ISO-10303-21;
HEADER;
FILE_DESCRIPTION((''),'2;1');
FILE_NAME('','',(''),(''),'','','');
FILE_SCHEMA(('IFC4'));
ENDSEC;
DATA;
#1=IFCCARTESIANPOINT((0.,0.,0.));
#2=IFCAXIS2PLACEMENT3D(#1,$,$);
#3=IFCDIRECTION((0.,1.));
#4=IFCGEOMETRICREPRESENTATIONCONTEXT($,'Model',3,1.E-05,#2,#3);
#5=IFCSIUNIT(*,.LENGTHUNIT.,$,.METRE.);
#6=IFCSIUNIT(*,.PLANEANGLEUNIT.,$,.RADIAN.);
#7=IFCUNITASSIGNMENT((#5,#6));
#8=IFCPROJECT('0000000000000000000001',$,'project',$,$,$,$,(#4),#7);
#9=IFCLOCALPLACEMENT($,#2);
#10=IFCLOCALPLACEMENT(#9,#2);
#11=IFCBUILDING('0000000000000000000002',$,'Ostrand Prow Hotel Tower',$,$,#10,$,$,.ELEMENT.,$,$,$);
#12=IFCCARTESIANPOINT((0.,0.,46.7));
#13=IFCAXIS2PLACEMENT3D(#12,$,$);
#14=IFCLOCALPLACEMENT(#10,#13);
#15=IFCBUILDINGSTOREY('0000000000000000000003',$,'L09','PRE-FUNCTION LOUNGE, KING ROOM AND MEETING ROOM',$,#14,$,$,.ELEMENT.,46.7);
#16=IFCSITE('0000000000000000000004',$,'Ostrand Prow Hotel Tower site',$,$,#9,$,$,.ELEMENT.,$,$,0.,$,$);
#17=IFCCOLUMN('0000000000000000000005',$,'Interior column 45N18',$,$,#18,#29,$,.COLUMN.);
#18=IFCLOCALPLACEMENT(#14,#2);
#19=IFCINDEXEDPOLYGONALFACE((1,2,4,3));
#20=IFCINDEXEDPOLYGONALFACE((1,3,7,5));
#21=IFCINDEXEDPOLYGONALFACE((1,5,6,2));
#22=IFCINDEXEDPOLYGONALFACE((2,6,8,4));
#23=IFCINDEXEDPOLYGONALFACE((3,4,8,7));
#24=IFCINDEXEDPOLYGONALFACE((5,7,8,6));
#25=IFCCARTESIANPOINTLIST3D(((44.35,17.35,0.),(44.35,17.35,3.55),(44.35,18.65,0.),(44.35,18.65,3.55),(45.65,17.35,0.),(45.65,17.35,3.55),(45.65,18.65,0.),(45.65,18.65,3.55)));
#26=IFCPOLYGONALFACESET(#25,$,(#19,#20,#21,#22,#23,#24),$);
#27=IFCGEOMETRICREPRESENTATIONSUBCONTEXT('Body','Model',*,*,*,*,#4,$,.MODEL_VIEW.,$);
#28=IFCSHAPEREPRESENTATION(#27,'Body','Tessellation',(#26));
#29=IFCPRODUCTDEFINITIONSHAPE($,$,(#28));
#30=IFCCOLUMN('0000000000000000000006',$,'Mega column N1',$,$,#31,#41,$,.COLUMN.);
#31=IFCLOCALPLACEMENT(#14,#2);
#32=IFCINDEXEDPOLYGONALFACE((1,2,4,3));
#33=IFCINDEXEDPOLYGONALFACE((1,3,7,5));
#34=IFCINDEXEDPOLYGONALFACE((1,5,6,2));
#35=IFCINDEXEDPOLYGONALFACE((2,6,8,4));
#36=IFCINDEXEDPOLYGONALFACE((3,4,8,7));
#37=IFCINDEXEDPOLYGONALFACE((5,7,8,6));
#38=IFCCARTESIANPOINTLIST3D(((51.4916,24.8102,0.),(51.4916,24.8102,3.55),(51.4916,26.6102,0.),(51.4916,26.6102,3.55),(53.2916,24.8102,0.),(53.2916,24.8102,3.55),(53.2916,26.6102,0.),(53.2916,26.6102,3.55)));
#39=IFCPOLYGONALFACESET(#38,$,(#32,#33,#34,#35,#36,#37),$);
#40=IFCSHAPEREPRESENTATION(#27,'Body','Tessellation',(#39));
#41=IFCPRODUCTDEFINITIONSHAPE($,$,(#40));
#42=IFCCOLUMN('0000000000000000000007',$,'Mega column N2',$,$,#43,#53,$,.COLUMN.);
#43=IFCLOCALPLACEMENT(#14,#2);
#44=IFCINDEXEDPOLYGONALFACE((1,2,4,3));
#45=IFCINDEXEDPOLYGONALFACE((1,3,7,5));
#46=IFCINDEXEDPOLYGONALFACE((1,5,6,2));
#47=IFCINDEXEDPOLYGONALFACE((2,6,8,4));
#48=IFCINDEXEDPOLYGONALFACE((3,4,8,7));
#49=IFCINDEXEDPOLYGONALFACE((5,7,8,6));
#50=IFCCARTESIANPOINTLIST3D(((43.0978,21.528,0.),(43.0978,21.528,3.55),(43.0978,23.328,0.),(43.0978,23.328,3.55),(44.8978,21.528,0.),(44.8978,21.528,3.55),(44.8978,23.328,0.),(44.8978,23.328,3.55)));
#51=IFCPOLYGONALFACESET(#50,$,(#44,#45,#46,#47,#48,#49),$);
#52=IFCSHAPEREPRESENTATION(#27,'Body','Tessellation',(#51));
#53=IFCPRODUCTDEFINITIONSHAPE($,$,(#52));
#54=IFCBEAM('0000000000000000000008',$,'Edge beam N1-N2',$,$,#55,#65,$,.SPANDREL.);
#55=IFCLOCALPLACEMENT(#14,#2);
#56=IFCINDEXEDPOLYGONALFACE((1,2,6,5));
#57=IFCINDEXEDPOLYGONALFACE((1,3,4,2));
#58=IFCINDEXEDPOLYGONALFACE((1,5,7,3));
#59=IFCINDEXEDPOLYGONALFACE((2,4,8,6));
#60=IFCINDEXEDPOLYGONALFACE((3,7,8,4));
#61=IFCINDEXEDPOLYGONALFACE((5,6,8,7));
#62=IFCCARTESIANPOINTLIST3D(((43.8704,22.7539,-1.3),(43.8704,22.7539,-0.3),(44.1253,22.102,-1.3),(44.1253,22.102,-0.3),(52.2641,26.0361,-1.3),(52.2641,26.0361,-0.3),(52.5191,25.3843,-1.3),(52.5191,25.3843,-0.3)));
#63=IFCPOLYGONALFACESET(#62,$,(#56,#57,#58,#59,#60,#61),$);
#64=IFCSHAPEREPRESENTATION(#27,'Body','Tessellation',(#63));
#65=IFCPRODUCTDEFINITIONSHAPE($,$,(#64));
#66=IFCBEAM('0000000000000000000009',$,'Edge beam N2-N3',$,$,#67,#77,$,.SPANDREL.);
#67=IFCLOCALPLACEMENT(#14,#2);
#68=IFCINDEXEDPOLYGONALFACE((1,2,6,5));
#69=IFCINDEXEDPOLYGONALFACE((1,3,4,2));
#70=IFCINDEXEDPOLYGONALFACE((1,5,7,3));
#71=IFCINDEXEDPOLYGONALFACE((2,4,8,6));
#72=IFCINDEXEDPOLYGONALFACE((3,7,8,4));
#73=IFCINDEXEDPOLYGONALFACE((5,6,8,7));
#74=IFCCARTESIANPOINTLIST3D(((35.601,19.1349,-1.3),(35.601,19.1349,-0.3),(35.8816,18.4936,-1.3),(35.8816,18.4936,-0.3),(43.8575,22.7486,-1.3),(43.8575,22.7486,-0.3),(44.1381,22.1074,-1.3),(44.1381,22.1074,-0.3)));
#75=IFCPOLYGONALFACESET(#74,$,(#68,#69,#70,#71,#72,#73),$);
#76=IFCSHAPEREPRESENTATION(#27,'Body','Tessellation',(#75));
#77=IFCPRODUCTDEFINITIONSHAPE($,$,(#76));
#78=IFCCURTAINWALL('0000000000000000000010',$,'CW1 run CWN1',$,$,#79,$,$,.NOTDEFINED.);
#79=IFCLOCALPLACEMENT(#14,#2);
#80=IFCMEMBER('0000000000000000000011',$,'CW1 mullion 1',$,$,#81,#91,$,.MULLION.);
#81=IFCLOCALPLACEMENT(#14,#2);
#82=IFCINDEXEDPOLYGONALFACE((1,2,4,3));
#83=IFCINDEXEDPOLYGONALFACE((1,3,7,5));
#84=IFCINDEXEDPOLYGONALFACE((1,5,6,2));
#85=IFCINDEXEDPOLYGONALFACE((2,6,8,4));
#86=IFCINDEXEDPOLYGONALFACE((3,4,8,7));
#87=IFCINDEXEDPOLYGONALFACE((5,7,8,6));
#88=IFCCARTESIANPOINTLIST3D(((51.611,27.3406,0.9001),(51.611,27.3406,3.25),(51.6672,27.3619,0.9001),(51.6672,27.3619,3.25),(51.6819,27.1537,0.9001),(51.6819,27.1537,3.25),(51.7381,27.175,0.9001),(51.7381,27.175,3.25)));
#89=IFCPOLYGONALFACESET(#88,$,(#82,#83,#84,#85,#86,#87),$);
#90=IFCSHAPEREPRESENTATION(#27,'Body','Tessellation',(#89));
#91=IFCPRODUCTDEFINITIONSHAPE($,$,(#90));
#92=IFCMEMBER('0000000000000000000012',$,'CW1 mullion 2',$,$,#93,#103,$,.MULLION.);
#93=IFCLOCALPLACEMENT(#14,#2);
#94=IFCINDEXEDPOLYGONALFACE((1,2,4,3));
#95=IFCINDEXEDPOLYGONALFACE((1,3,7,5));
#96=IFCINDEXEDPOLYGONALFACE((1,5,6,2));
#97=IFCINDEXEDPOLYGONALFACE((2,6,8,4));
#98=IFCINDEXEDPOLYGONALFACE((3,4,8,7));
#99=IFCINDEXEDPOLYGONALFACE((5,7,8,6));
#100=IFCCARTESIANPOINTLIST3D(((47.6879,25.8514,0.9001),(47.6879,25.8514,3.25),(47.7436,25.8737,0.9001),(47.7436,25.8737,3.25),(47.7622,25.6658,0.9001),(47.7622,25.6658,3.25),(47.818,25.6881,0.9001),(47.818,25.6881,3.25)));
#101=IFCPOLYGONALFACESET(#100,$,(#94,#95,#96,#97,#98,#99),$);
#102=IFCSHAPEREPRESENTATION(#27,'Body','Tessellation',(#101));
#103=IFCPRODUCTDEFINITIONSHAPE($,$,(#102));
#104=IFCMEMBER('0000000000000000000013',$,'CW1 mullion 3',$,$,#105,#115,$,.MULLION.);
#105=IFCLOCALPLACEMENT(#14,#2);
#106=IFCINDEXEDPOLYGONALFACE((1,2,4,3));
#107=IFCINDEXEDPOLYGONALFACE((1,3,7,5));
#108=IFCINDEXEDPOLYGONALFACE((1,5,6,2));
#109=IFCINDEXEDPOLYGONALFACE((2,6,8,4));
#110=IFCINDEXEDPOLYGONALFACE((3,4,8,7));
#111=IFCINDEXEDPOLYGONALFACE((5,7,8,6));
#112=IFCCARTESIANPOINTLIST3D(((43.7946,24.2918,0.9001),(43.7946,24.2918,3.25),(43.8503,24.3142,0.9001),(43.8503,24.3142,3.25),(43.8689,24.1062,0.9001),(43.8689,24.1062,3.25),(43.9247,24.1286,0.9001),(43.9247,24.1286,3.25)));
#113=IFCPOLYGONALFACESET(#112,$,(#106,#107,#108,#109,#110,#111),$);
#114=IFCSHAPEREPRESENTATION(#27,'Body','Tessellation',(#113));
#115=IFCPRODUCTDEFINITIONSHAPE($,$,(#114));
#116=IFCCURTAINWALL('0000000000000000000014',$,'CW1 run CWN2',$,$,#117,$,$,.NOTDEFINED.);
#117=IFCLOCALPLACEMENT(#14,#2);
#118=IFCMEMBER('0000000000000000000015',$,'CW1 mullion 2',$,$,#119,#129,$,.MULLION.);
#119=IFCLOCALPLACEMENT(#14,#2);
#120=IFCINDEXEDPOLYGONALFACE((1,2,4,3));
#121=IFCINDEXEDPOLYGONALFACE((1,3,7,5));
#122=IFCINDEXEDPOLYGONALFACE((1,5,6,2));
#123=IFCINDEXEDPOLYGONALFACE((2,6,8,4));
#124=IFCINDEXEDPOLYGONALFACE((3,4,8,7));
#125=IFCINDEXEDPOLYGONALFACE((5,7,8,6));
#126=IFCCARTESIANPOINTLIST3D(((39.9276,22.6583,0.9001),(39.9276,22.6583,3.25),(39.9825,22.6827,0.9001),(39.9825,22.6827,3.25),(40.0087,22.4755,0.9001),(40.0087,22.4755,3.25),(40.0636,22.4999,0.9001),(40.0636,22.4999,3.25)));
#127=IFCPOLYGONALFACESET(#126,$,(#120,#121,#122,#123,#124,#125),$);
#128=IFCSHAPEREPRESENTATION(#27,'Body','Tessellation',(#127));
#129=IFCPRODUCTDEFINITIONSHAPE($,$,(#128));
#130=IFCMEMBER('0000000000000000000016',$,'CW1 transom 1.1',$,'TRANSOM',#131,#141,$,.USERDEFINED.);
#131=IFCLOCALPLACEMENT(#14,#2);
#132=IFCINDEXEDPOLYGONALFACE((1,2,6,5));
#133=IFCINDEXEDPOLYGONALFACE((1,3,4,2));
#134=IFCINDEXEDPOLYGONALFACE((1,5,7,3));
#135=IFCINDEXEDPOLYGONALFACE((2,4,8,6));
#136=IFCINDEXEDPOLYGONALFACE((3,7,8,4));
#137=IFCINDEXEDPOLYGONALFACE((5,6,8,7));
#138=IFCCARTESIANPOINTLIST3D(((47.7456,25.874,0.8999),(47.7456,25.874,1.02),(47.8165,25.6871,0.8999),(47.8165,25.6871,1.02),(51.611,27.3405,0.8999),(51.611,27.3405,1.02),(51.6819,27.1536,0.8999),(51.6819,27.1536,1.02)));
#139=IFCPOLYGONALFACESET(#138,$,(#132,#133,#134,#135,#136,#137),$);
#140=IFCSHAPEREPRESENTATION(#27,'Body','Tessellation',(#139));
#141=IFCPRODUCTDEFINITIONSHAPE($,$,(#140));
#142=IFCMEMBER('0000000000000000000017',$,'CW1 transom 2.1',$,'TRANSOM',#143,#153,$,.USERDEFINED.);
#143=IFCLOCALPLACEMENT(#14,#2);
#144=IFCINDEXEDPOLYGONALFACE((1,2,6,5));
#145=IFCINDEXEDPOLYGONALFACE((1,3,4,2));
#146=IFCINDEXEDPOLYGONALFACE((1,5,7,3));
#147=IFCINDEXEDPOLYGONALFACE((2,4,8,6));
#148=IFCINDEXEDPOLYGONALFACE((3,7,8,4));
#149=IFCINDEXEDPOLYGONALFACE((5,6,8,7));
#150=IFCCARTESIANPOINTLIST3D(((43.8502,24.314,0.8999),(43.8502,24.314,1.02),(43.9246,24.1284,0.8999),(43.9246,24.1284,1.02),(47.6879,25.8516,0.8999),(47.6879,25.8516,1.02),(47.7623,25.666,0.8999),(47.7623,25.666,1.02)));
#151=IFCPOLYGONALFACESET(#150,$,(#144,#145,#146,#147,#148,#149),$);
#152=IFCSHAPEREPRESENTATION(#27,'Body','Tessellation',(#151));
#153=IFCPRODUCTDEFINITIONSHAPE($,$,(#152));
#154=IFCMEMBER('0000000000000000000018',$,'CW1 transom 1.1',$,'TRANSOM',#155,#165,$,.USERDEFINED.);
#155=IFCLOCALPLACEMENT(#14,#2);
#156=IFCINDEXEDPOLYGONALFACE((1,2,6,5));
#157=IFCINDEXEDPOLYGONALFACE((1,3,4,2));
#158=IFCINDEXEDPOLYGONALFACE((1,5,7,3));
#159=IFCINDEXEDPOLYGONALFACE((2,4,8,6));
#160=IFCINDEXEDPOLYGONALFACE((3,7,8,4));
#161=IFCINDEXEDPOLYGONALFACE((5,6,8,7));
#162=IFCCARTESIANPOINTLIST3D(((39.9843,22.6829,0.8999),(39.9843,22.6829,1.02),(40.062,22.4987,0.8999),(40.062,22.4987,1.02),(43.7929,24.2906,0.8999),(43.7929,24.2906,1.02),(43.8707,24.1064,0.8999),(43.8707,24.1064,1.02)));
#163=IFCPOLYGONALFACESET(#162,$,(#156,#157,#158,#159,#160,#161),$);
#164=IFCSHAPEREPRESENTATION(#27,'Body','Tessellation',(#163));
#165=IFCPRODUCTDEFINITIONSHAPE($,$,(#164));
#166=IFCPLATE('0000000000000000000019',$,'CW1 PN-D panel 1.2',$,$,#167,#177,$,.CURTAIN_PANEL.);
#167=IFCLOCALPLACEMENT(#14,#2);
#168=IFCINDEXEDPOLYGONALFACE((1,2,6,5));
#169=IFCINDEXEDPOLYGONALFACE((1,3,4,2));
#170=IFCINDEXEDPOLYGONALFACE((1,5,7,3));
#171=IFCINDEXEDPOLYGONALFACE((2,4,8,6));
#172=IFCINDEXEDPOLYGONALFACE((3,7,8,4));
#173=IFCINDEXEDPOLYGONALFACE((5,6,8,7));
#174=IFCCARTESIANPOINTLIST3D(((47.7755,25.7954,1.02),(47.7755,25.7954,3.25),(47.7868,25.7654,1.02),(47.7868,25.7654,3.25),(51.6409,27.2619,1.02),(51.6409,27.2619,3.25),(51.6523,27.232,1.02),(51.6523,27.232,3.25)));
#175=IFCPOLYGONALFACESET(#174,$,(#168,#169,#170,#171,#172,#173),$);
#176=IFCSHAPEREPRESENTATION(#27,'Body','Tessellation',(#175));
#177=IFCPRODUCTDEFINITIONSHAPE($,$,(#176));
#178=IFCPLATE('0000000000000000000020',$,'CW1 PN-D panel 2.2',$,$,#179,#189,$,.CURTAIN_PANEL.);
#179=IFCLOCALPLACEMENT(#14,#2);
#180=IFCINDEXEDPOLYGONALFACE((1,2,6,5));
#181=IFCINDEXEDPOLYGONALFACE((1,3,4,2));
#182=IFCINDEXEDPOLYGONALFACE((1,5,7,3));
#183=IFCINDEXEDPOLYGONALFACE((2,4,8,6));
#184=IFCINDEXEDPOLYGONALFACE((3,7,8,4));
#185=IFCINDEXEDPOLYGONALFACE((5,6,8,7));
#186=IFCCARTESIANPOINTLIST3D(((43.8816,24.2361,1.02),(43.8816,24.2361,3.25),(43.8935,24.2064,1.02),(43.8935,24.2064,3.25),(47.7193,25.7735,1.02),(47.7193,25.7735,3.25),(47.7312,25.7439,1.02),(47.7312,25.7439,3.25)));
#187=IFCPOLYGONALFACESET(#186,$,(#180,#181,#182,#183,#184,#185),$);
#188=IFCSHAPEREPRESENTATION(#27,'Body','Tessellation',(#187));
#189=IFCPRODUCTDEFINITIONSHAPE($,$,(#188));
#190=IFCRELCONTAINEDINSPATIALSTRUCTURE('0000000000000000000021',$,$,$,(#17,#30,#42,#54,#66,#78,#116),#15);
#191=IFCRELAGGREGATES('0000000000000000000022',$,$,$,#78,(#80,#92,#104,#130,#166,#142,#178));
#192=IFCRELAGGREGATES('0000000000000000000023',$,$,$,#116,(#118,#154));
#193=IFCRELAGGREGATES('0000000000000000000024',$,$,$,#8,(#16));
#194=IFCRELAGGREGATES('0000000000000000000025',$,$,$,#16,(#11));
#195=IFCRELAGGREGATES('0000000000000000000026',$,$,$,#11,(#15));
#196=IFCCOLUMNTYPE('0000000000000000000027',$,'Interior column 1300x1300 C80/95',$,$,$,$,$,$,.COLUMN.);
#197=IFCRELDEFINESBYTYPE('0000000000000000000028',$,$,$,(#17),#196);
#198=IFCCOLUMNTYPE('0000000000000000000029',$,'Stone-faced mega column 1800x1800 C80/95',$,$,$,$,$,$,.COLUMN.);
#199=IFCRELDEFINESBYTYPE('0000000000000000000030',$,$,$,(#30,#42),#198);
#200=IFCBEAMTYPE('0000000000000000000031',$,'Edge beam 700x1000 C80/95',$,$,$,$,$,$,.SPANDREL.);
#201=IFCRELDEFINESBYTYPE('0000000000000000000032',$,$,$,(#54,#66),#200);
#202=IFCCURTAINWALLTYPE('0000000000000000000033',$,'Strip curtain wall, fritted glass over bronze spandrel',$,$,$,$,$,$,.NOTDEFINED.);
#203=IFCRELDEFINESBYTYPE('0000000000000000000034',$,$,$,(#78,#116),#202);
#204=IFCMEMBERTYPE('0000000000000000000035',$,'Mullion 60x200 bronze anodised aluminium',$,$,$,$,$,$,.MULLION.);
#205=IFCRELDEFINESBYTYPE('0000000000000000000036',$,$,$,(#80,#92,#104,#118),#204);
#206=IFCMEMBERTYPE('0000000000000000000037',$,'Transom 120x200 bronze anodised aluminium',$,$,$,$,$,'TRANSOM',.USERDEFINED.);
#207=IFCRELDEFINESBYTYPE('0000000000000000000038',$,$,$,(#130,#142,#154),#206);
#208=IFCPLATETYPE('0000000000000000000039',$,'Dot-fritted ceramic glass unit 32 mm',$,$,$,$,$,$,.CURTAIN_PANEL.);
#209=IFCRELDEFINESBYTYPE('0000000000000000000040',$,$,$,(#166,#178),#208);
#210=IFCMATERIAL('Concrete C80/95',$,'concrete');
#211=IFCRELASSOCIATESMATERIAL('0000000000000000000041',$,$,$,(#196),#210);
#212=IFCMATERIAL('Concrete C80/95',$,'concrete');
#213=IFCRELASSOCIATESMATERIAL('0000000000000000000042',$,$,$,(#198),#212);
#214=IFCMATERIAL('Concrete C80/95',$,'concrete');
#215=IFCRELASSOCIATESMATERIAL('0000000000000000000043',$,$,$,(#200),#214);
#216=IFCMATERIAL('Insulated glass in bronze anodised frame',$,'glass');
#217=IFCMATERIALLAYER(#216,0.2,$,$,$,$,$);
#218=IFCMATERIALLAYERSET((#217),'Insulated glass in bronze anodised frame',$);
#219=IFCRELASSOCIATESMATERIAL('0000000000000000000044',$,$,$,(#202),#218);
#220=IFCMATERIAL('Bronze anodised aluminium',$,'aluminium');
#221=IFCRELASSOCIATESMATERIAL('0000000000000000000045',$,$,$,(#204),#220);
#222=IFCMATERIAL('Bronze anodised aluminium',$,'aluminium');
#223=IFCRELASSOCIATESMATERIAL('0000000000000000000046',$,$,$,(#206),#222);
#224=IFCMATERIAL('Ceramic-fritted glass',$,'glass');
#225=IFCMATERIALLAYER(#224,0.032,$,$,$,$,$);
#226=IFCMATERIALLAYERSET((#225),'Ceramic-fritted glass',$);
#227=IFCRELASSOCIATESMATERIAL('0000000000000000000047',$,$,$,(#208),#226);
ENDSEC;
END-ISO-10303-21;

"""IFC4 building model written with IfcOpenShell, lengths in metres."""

from ifc_helpers import new_model, si_unit, direction, frame, origin, origin_2d, place, context, subcontext, project, spatial, rectangle, extrude, material, layer, layer_set, material_profile, profile_set, type_object, element, aggregate, save


model = new_model("IFC4")

# Units and contexts
model_context = context("Model", 3, precision=1e-05, world=origin(), true_north=direction((0.0, 1.0)))
body_context = subcontext(model_context, "Body", "Model", "MODEL_VIEW")
ifc_project = project(units=[si_unit("LENGTHUNIT", "METRE"), si_unit("PLANEANGLEUNIT", "RADIAN")], contexts=[model_context])

# Site, building, storey
site_placement = place(None, origin())
site = spatial("IfcSite", under=ifc_project, at=site_placement, Name="Ostrand Prow Hotel Tower site", CompositionType="ELEMENT", RefElevation=0.0)
building_placement = place(site_placement, origin())
building = spatial("IfcBuilding", under=site, at=building_placement, Name="Ostrand Prow Hotel Tower", CompositionType="ELEMENT")
storey_placement = place(building_placement, frame((0.0, 0.0, 46.7)))
storey = spatial("IfcBuildingStorey", under=building, at=storey_placement, Name="L09", Description="PRE-FUNCTION LOUNGE, KING ROOM AND MEETING ROOM", CompositionType="ELEMENT", Elevation=46.7)

# Columns
ifc_material_1 = material(Name="Concrete C80/95", Category="concrete")
ifc_material_profile_1 = material_profile(ifc_material_1, rectangle(XDim=1.3, YDim=1.3, at=origin_2d()), Name="RC 1300x1300")
ifc_profile_set_1 = profile_set([ifc_material_profile_1], Name="Concrete C80/95")
column_type_1 = type_object("IfcColumnType", Name="Interior column 1300x1300 C80/95", PredefinedType="COLUMN", material=ifc_profile_set_1)
column_placement = place(storey_placement, frame((45.0, 18.0, 0.0), z_axis=(0.0, 0.0, 1.0), x_axis=(1.0, 0.0, 0.0)))
element("IfcColumn", 1, at=column_placement, inside=storey, type_object=column_type_1, Name="Interior column 45N18", PredefinedType="COLUMN", context=body_context, shape_type="SweptSolid", body=[
    extrude(rectangle(XDim=1.3, YDim=1.3, at=origin_2d()), origin(), (0.0, 0.0, 1.0), 3.55),
])
ifc_material_2 = material(Name="Concrete C80/95", Category="concrete")
ifc_material_profile_2 = material_profile(ifc_material_2, rectangle(XDim=1.8, YDim=1.8, at=origin_2d()), Name="RC 1800x1800")
ifc_profile_set_2 = profile_set([ifc_material_profile_2], Name="Concrete C80/95")
column_type_2 = type_object("IfcColumnType", Name="Stone-faced mega column 1800x1800 C80/95", PredefinedType="COLUMN", material=ifc_profile_set_2)
for number, where, z_axis, x_axis, name in (
    (2, (52.3916, 25.7102, 0.0), (0.0, 0.0, 1.0), (1.0, 0.0, 0.0), "Mega column N1"),
    (3, (43.9978, 22.428, 0.0), (0.0, 0.0, 1.0), (1.0, 0.0, 0.0), "Mega column N2"),
):
    element("IfcColumn", number, at=place(storey_placement, frame(where, z_axis=z_axis, x_axis=x_axis)), inside=storey, type_object=column_type_2, Name=name, PredefinedType="COLUMN", context=body_context, shape_type="SweptSolid", body=[
        extrude(rectangle(XDim=1.8, YDim=1.8, at=origin_2d()), origin(), (0.0, 0.0, 1.0), 3.55),
    ])

# Beams
ifc_material_3 = material(Name="Concrete C80/95", Category="concrete")
ifc_material_profile_3 = material_profile(ifc_material_3, rectangle(XDim=0.7, YDim=1.0, at=origin_2d()), Name="RC 700x1000")
ifc_profile_set_3 = profile_set([ifc_material_profile_3], Name="Concrete C80/95")
beam_type = type_object("IfcBeamType", Name="Edge beam 700x1000 C80/95", PredefinedType="SPANDREL", material=ifc_profile_set_3)
for number, where, z_axis, x_axis, name in (
    (4, (52.3916, 25.7102, -0.8), (-0.931329, -0.364178, 0.0), (0.364178, -0.931329, 0.0), "Edge beam N1-N2"),
    (5, (43.9978, 22.428, -0.8), (-0.916096, -0.40096, 0.0), (0.40096, -0.916096, 0.0), "Edge beam N2-N3"),
):
    element("IfcBeam", number, at=place(storey_placement, frame(where, z_axis=z_axis, x_axis=x_axis)), inside=storey, type_object=beam_type, Name=name, PredefinedType="SPANDREL", context=body_context, shape_type="SweptSolid", body=[
        extrude(rectangle(XDim=0.7, YDim=1.0, at=origin_2d()), origin(), (0.0, 0.0, 1.0), 9.0127),
    ])

# Curtain wall, members
ifc_material_4 = material(Name="Insulated glass in bronze anodised frame", Category="glass")
ifc_layer_1 = layer(ifc_material_4, 0.2)
ifc_layer_set_1 = layer_set([ifc_layer_1], Name="Insulated glass in bronze anodised frame")
curtain_wall_type = type_object("IfcCurtainWallType", Name="Strip curtain wall, fritted glass over bronze spandrel", PredefinedType="NOTDEFINED", material=ifc_layer_set_1)
curtain_wall_1_placement = place(storey_placement, origin())
curtain_wall_1 = element("IfcCurtainWall", 6, at=curtain_wall_1_placement, inside=storey, type_object=curtain_wall_type, Name="CW1 run CWN1", PredefinedType="NOTDEFINED")
ifc_material_5 = material(Name="Bronze anodised aluminium", Category="aluminium")
ifc_material_profile_4 = material_profile(ifc_material_5, rectangle(XDim=0.2, YDim=0.0601, at=origin_2d()), Name="Mullion 60x200 bronze anodised aluminium")
ifc_profile_set_4 = profile_set([ifc_material_profile_4], Name="Bronze anodised aluminium")
member_type_1 = type_object("IfcMemberType", Name="Mullion 60x200 bronze anodised aluminium", PredefinedType="MULLION", material=ifc_profile_set_4)
member_1_placement = place(storey_placement, frame((51.6746, 27.2578, 0.9001), z_axis=(0.0, 0.0, 1.0), x_axis=(0.354728, -0.934969, 0.0)))
member_1 = element("IfcMember", 7, at=member_1_placement, type_object=member_type_1, Name="CW1 mullion 1", PredefinedType="MULLION", context=body_context, shape_type="SweptSolid", body=[
    extrude(rectangle(XDim=0.2, YDim=0.0601, at=origin_2d()), origin(), (0.0, 0.0, 1.0), 2.3499),
])
member_2_placement = place(storey_placement, frame((47.7529, 25.7698, 0.9001), z_axis=(0.0, 0.0, 1.0), x_axis=(0.371873, -0.928283, 0.0)))
member_2 = element("IfcMember", 8, at=member_2_placement, type_object=member_type_1, Name="CW1 mullion 2", PredefinedType="MULLION", context=body_context, shape_type="SweptSolid", body=[
    extrude(rectangle(XDim=0.2, YDim=0.0601, at=origin_2d()), origin(), (0.0, 0.0, 1.0), 2.3499),
])
member_3_placement = place(storey_placement, frame((43.8596, 24.2102, 0.9001), z_axis=(0.0, 0.0, 1.0), x_axis=(0.371873, -0.928283, 0.0)))
member_3 = element("IfcMember", 9, at=member_3_placement, type_object=member_type_1, Name="CW1 mullion 3", PredefinedType="MULLION", context=body_context, shape_type="SweptSolid", body=[
    extrude(rectangle(XDim=0.2, YDim=0.0601, at=origin_2d()), origin(), (0.0, 0.0, 1.0), 2.3499),
])

# Curtain wall, member
curtain_wall_2_placement = place(storey_placement, origin())
curtain_wall_2 = element("IfcCurtainWall", 10, at=curtain_wall_2_placement, inside=storey, type_object=curtain_wall_type, Name="CW1 run CWN2", PredefinedType="NOTDEFINED")
member_4_placement = place(storey_placement, frame((39.9956, 22.5791, 0.9001), z_axis=(0.0, 0.0, 1.0), x_axis=(0.40578, -0.913971, 0.0)))
member_4 = element("IfcMember", 11, at=member_4_placement, type_object=member_type_1, Name="CW1 mullion 2", PredefinedType="MULLION", context=body_context, shape_type="SweptSolid", body=[
    extrude(rectangle(XDim=0.2, YDim=0.0601, at=origin_2d()), origin(), (0.0, 0.0, 1.0), 2.3499),
])

# Members
ifc_material_6 = material(Name="Bronze anodised aluminium", Category="aluminium")
ifc_material_profile_5 = material_profile(ifc_material_6, rectangle(XDim=0.2, YDim=0.1201, at=origin_2d()), Name="Transom 120x200 bronze anodised aluminium")
ifc_profile_set_5 = profile_set([ifc_material_profile_5], Name="Bronze anodised aluminium")
member_type_2 = type_object("IfcMemberType", Name="Transom 120x200 bronze anodised aluminium", ElementType="TRANSOM", PredefinedType="USERDEFINED", material=ifc_profile_set_5)
member_5_placement = place(storey_placement, frame((51.6465, 27.2471, 0.96), z_axis=(-0.934971, -0.354725, 0.0), x_axis=(0.354725, -0.934971, 0.0)))
member_5 = element("IfcMember", 12, at=member_5_placement, type_object=member_type_2, Name="CW1 transom 1.1", ObjectType="TRANSOM", PredefinedType="USERDEFINED", context=body_context, shape_type="SweptSolid", body=[
    extrude(rectangle(XDim=0.2, YDim=0.1201, at=origin_2d()), origin(), (0.0, 0.0, 1.0), 4.1343),
])
member_6_placement = place(storey_placement, frame((47.7251, 25.7588, 0.96), z_axis=(-0.928265, -0.37192, 0.0), x_axis=(0.37192, -0.928265, 0.0)))
member_6 = element("IfcMember", 13, at=member_6_placement, type_object=member_type_2, Name="CW1 transom 2.1", ObjectType="TRANSOM", PredefinedType="USERDEFINED", context=body_context, shape_type="SweptSolid", body=[
    extrude(rectangle(XDim=0.2, YDim=0.1201, at=origin_2d()), origin(), (0.0, 0.0, 1.0), 4.1343),
])
member_7_placement = place(storey_placement, frame((43.8318, 24.1985, 0.96), z_axis=(-0.921285, -0.388888, 0.0), x_axis=(0.388888, -0.921285, 0.0)))
member_7 = element("IfcMember", 14, at=member_7_placement, type_object=member_type_2, Name="CW1 transom 1.1", ObjectType="TRANSOM", PredefinedType="USERDEFINED", context=body_context, shape_type="SweptSolid", body=[
    extrude(rectangle(XDim=0.2, YDim=0.1201, at=origin_2d()), origin(), (0.0, 0.0, 1.0), 4.134),
])

# Plates
ifc_material_7 = material(Name="Ceramic-fritted glass", Category="glass")
ifc_layer_2 = layer(ifc_material_7, 0.032)
ifc_layer_set_2 = layer_set([ifc_layer_2], Name="Ceramic-fritted glass")
plate_type_1 = type_object("IfcPlateType", Name="Dot-fritted ceramic glass unit 32 mm", PredefinedType="CURTAIN_PANEL", material=ifc_layer_set_2)
plate_1_placement = place(storey_placement, frame((49.7139, 26.5137, 1.02), z_axis=(0.0, 0.0, 1.0), x_axis=(-0.934969, -0.354728, 0.0)))
plate_1 = element("IfcPlate", 15, at=plate_1_placement, type_object=plate_type_1, Name="CW1 PN-D panel 1.2", PredefinedType="CURTAIN_PANEL", context=body_context, shape_type="SweptSolid", body=[
    extrude(rectangle(XDim=4.1343, YDim=0.032, at=origin_2d()), origin(), (0.0, 0.0, 1.0), 2.23),
])
plate_2_placement = place(storey_placement, frame((45.8064, 24.99, 1.02), z_axis=(0.0, 0.0, 1.0), x_axis=(-0.928283, -0.371873, 0.0)))
plate_2 = element("IfcPlate", 16, at=plate_2_placement, type_object=plate_type_1, Name="CW1 PN-D panel 2.2", PredefinedType="CURTAIN_PANEL", context=body_context, shape_type="SweptSolid", body=[
    extrude(rectangle(XDim=4.1343, YDim=0.032, at=origin_2d()), origin(), (0.0, 0.0, 1.0), 2.23),
])
aggregate(curtain_wall_1, [member_1, member_2, member_3, member_5, plate_1, member_6, plate_2])
aggregate(curtain_wall_2, [member_4, member_7])

save(model, "model.ifc")
